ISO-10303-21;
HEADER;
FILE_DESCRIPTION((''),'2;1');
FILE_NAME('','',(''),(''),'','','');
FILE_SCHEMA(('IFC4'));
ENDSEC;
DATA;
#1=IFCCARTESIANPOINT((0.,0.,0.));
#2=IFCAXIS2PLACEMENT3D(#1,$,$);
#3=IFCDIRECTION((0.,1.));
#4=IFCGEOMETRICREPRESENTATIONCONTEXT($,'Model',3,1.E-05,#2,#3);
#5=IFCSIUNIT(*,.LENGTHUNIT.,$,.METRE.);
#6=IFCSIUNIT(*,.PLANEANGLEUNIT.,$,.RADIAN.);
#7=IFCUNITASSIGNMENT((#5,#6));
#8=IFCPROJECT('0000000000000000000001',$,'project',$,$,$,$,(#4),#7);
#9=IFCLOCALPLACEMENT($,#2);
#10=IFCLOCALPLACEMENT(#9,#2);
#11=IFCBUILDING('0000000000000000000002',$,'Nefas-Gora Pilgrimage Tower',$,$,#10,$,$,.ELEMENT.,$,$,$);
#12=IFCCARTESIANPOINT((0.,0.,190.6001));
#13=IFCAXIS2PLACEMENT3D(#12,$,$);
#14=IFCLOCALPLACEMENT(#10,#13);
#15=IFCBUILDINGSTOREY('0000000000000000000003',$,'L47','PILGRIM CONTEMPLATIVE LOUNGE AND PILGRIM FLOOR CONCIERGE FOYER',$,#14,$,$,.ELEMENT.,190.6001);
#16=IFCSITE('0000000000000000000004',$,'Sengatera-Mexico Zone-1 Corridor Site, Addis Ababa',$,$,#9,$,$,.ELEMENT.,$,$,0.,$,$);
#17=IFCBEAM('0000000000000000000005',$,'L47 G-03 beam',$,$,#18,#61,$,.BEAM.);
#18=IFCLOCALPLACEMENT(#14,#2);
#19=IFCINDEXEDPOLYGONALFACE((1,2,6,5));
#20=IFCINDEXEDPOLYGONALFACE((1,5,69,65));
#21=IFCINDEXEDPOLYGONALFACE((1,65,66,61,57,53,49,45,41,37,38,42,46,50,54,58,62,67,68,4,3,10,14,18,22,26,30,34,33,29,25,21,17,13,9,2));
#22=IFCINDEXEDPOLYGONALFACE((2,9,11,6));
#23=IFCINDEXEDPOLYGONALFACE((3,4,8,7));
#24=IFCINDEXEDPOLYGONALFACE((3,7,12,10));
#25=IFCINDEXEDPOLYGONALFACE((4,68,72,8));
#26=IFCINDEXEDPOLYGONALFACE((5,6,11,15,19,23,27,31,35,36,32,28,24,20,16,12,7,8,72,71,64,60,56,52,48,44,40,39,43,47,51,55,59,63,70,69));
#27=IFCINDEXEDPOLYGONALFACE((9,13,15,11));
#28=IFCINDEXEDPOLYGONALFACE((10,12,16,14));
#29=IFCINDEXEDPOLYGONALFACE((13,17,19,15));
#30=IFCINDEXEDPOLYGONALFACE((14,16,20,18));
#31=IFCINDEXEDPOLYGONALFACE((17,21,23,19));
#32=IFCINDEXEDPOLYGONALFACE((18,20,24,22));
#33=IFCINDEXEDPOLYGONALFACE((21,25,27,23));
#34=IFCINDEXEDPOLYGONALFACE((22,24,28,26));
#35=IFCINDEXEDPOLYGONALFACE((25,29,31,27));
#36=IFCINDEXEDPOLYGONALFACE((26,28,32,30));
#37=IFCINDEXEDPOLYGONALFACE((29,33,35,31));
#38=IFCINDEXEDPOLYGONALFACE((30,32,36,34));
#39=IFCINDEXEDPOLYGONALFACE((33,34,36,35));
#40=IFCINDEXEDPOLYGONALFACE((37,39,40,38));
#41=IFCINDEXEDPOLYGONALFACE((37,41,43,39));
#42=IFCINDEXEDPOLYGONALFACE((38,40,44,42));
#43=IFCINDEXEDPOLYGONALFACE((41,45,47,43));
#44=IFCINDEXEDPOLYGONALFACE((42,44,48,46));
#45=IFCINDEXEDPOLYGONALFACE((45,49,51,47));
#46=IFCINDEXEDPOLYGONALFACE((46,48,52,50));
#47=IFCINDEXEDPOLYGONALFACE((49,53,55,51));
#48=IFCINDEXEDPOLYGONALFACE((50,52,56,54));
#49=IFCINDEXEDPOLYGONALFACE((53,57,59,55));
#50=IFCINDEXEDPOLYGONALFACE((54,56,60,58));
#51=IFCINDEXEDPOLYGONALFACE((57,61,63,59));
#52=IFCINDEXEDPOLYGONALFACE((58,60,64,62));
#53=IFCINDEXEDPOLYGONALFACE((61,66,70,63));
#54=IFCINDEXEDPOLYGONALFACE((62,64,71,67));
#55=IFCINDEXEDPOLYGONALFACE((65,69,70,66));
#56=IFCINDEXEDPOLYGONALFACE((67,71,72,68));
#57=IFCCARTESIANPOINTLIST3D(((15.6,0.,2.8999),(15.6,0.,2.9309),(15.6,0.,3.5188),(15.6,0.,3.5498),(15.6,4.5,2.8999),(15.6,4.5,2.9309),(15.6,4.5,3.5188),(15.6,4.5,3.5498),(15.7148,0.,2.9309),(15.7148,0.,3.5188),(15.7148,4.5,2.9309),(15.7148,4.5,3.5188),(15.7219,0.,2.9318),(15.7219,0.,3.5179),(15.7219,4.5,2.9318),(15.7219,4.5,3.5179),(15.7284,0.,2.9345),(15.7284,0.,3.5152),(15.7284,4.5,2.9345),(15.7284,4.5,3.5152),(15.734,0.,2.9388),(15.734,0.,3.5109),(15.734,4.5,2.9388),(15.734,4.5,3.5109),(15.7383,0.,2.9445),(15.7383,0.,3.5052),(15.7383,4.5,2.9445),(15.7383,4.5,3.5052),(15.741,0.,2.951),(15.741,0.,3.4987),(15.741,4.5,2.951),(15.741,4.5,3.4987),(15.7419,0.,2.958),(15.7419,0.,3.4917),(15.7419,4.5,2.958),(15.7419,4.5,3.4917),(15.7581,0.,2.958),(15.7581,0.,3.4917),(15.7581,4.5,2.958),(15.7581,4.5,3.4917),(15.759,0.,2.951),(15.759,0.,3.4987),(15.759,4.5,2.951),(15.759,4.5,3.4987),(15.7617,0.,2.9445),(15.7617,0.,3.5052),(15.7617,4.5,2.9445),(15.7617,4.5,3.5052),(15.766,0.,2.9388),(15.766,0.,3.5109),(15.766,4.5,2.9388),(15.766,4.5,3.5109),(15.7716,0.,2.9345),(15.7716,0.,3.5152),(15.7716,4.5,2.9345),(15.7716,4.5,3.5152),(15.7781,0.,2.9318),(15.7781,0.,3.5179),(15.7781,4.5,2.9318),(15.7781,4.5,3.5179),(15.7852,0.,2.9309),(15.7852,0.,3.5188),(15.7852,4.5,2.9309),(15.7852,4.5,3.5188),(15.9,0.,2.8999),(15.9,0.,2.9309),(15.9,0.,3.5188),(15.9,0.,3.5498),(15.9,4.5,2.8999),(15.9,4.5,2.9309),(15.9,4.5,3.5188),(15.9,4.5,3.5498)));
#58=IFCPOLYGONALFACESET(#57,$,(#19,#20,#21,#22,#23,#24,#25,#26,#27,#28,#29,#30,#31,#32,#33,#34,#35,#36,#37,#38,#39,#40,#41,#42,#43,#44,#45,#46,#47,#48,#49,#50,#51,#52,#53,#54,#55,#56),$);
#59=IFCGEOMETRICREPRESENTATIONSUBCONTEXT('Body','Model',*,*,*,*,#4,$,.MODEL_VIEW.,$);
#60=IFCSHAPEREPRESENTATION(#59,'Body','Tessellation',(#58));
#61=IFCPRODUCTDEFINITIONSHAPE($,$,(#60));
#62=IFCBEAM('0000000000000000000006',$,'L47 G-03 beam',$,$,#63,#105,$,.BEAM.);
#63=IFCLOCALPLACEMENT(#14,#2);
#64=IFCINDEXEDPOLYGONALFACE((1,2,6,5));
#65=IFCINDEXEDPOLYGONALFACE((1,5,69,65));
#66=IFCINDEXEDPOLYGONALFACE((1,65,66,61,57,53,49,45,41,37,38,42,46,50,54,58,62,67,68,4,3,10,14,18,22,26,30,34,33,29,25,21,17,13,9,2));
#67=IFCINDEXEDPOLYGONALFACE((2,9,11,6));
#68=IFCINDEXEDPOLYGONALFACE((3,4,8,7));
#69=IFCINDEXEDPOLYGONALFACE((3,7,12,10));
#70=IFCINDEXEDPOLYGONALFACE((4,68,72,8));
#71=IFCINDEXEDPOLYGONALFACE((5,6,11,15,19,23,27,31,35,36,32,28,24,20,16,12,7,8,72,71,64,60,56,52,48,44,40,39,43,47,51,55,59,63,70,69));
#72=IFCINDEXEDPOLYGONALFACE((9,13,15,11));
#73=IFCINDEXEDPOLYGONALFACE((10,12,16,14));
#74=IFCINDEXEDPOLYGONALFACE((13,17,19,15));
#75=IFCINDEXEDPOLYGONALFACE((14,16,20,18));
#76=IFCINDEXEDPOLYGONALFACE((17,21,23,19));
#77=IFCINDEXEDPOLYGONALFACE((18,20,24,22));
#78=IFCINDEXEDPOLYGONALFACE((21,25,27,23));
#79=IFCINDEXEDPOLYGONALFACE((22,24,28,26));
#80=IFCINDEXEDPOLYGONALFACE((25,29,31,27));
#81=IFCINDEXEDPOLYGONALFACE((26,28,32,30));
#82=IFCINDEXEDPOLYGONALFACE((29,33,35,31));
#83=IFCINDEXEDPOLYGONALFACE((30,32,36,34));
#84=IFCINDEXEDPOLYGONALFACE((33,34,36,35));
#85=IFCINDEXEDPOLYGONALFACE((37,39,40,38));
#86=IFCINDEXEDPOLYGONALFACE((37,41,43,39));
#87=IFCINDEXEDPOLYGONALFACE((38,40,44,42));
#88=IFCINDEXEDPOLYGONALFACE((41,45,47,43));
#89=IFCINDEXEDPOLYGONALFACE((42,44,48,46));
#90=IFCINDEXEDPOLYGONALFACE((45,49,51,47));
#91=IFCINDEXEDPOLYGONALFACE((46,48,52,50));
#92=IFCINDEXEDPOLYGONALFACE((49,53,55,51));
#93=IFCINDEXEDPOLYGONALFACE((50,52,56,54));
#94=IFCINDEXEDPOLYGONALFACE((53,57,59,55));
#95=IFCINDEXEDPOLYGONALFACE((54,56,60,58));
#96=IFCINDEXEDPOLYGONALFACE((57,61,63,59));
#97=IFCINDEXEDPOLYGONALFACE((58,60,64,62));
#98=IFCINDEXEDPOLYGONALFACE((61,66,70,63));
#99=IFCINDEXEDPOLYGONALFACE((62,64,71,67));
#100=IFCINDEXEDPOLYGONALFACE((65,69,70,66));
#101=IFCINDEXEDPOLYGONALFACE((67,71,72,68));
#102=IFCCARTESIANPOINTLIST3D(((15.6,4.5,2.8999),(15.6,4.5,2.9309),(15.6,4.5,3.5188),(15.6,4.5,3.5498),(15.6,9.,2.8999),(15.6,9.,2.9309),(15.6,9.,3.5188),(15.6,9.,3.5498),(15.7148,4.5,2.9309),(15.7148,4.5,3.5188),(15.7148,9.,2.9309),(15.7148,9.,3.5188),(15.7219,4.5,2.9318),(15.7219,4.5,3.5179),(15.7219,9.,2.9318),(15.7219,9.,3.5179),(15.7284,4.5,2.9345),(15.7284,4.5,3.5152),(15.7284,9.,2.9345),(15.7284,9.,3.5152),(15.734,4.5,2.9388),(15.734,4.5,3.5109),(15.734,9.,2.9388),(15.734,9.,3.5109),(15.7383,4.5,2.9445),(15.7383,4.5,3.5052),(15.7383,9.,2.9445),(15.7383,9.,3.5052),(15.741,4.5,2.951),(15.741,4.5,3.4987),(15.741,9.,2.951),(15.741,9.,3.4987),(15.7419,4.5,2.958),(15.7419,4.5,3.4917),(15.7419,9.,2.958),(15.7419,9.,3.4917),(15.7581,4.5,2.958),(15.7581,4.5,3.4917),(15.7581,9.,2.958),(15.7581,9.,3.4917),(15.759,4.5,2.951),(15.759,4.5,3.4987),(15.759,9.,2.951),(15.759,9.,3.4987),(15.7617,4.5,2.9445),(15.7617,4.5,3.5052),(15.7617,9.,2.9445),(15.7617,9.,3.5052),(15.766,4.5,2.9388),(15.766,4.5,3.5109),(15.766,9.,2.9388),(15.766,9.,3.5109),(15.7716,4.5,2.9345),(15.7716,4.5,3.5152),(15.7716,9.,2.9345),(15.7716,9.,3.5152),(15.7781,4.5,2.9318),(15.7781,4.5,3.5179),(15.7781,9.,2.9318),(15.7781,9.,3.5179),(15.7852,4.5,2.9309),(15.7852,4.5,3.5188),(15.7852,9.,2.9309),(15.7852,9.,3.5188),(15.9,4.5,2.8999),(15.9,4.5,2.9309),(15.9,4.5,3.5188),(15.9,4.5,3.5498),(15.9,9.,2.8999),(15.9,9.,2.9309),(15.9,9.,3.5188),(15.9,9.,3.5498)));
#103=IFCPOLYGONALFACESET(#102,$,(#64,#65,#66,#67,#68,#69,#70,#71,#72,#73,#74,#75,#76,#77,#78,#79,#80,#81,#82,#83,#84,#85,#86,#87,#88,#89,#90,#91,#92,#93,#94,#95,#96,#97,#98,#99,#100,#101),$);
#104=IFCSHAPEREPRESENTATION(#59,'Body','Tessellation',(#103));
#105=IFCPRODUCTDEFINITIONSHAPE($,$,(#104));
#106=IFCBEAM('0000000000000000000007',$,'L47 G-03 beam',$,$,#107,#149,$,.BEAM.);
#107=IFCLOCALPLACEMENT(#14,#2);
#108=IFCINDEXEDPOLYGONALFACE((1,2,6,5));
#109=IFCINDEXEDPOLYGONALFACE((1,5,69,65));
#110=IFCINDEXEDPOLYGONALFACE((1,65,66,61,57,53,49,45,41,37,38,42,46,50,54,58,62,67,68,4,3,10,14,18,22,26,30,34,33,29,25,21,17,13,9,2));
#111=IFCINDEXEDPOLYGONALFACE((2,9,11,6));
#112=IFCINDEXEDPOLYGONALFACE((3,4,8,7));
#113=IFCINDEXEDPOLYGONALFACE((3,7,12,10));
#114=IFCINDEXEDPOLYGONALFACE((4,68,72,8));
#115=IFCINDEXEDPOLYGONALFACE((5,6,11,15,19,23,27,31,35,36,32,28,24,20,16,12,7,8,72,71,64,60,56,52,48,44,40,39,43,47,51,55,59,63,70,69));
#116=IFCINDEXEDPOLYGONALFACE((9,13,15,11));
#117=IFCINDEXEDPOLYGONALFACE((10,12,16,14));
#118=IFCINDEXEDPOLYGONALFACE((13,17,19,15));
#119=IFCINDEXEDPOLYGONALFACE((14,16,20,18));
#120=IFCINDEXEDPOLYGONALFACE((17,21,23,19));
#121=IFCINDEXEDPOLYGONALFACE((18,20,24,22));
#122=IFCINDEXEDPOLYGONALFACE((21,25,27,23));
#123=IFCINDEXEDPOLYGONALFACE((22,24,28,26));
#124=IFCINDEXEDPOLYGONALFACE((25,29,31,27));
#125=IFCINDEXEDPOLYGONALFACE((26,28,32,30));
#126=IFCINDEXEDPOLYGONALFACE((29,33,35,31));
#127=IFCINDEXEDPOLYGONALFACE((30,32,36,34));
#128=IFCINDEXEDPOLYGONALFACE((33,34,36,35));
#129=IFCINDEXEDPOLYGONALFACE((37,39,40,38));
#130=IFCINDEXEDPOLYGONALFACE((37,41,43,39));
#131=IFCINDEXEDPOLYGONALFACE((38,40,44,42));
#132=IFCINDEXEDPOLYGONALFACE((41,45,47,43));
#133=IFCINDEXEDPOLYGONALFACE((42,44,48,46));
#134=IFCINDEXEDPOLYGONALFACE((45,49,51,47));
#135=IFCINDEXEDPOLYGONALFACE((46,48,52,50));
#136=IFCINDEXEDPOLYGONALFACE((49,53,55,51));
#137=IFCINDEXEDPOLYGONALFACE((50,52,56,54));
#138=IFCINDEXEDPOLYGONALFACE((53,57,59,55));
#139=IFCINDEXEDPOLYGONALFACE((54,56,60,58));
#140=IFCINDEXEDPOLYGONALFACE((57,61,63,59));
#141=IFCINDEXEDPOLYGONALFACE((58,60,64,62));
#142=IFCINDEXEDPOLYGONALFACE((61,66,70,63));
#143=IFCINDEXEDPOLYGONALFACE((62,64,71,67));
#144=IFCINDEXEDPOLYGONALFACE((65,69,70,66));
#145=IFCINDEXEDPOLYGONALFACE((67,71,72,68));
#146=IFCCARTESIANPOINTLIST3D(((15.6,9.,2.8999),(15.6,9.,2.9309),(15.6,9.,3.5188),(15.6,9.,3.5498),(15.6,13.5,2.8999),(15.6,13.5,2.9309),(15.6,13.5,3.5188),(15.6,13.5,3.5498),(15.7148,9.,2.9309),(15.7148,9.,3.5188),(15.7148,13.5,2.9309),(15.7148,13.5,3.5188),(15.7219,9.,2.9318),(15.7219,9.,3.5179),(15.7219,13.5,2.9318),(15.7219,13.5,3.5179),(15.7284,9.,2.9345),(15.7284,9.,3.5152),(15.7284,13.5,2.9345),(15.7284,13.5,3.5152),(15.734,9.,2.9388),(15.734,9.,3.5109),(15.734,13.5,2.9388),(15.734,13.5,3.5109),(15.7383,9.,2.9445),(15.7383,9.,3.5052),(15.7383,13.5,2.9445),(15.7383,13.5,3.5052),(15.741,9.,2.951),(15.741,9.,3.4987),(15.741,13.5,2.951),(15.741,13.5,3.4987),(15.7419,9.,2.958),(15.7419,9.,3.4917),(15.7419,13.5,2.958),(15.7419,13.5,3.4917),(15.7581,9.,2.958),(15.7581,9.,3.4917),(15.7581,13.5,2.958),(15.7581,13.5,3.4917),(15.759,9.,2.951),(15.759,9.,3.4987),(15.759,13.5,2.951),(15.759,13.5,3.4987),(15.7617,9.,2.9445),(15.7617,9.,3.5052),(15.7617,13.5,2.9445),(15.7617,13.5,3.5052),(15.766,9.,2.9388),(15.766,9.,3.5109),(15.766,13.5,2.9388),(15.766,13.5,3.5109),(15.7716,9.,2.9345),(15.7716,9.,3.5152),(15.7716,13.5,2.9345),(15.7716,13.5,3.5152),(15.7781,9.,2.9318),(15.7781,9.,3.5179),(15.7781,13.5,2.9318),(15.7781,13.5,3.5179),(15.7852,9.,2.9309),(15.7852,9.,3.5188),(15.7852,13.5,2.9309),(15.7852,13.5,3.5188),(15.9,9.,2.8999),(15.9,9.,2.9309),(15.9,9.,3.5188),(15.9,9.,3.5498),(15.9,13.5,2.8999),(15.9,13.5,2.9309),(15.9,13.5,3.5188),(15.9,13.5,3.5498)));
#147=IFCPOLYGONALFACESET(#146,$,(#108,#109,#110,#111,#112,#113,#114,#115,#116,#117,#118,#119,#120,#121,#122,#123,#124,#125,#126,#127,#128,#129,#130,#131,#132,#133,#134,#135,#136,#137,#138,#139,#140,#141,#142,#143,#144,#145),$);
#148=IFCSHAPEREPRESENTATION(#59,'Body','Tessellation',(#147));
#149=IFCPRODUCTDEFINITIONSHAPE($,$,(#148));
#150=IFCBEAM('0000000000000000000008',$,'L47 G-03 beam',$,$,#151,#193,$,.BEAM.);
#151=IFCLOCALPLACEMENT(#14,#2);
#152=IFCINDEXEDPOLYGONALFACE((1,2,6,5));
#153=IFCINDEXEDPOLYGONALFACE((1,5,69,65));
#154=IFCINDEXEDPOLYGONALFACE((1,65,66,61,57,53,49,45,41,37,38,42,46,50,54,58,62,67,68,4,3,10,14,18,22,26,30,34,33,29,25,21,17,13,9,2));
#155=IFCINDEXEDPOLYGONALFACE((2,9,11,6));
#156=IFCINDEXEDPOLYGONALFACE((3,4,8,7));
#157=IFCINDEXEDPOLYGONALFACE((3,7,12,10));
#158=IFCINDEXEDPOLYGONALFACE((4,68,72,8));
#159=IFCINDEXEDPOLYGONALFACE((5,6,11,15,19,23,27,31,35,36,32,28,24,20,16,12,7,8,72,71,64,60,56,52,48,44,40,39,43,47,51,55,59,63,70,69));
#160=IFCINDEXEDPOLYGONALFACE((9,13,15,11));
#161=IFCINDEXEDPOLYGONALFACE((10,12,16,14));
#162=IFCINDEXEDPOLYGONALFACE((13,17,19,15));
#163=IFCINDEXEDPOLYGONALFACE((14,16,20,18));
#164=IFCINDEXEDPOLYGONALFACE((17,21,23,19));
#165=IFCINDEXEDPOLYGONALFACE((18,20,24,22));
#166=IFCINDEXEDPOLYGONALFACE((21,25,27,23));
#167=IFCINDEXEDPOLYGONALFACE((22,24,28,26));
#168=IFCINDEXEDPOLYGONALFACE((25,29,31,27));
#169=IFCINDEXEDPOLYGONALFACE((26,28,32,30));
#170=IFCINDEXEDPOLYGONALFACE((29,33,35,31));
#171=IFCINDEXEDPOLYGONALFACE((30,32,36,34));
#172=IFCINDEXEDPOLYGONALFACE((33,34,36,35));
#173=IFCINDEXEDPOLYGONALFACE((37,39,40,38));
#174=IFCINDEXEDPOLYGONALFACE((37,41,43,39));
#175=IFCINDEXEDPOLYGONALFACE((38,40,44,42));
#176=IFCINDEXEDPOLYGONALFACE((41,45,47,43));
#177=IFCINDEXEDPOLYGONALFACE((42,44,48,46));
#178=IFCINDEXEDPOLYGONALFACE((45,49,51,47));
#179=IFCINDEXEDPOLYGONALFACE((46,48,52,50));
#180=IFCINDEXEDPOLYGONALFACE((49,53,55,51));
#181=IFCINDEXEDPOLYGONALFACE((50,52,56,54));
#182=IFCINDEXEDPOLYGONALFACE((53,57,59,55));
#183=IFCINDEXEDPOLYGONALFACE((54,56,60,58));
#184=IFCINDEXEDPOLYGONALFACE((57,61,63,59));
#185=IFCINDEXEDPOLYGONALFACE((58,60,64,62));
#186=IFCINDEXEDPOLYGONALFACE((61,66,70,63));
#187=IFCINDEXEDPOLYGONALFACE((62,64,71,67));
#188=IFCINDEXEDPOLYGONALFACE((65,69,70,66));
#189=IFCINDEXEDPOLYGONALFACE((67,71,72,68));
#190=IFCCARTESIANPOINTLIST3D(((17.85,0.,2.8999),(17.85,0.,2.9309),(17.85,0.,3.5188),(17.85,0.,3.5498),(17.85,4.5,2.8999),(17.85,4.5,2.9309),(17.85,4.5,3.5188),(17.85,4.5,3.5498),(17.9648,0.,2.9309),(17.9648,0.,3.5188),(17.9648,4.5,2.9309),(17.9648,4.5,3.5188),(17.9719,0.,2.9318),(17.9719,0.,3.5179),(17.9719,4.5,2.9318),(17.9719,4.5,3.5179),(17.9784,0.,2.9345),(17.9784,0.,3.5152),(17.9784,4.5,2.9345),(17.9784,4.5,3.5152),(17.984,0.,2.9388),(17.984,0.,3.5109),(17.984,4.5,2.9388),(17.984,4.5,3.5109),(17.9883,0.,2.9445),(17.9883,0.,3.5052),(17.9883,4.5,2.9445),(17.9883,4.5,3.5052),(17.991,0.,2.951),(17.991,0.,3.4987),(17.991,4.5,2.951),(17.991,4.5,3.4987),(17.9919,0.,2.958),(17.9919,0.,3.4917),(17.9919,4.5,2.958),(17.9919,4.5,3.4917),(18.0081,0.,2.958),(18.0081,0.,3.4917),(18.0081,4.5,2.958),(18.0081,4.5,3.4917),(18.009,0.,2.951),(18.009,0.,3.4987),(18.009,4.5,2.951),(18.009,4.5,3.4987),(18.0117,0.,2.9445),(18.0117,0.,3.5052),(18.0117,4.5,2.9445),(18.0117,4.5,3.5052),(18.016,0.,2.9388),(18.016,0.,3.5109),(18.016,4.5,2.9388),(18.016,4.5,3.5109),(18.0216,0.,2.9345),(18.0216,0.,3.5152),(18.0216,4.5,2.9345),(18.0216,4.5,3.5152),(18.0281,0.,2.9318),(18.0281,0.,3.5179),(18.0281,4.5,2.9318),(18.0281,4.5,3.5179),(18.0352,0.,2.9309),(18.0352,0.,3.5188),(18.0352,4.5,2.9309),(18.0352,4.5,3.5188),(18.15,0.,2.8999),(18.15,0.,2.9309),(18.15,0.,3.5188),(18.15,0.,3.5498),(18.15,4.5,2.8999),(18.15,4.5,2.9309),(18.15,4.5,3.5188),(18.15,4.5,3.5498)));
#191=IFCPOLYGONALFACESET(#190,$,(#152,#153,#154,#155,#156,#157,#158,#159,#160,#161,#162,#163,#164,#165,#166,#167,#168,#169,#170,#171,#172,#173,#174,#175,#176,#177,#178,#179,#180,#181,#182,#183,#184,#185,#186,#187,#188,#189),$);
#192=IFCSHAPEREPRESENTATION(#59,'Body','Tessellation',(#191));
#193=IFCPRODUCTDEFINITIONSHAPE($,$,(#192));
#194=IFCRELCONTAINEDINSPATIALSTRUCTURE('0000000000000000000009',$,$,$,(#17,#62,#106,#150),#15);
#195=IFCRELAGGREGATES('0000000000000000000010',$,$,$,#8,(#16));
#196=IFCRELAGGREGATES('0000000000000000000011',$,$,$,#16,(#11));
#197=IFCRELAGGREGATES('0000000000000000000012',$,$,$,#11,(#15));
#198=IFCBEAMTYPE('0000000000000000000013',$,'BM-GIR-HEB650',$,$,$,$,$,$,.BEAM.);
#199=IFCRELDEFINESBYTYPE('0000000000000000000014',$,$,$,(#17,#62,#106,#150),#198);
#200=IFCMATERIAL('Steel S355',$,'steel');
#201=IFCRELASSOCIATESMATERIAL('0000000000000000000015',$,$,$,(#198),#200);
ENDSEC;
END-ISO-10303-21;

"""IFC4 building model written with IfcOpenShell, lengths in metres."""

from ifc_helpers import new_model, si_unit, direction, frame, origin, origin_2d, place, context, subcontext, project, spatial, i_section, extrude, source, transform, mapped, material, material_profile, profile_set, type_object, element, save


model = new_model("IFC4")

# Units and contexts
model_context = context("Model", 3, precision=1e-05, world=origin(), true_north=direction((0.0, 1.0)))
body_context = subcontext(model_context, "Body", "Model", "MODEL_VIEW")
ifc_project = project(units=[si_unit("LENGTHUNIT", "METRE"), si_unit("PLANEANGLEUNIT", "RADIAN")], contexts=[model_context])

# Site, building, storey
site_placement = place(None, origin())
site = spatial("IfcSite", under=ifc_project, at=site_placement, Name="Sengatera-Mexico Zone-1 Corridor Site, Addis Ababa", CompositionType="ELEMENT", RefElevation=0.0)
building_placement = place(site_placement, origin())
building = spatial("IfcBuilding", under=site, at=building_placement, Name="Nefas-Gora Pilgrimage Tower", CompositionType="ELEMENT")
storey_placement = place(building_placement, frame((0.0, 0.0, 190.6001)))
storey = spatial("IfcBuildingStorey", under=building, at=storey_placement, Name="L47", Description="PILGRIM CONTEMPLATIVE LOUNGE AND PILGRIM FLOOR CONCIERGE FOYER", CompositionType="ELEMENT", Elevation=190.6001)

# Beams
ifc_material_1 = material(Name="Steel S355", Category="steel")
ifc_material_profile_1 = material_profile(ifc_material_1, i_section(OverallWidth=0.3, OverallDepth=0.6499, WebThickness=0.0161, FlangeThickness=0.031, FilletRadius=0.0271, at=origin_2d()), Name="HEB 650")
ifc_profile_set_1 = profile_set([ifc_material_profile_1], Name="Steel S355")
beam_type_1 = type_object("IfcBeamType", Name="BM-GIR-HEB650", PredefinedType="BEAM", material=ifc_profile_set_1)
shared_shape_1 = source(origin(), body_context, "Body", "SweptSolid", [
    extrude(i_section(OverallWidth=0.3, OverallDepth=0.6499, WebThickness=0.0161, FlangeThickness=0.031, FilletRadius=0.0271, at=origin_2d()), origin(), (0.0, 0.0, 1.0), 4.5),
])
for number, where, z_axis, x_axis, name in (
    (1, (15.75, 0.0, 3.2249), (0.0, 1.0, 0.0), (-1.0, 0.0, 0.0), "L47 G-03 beam"),
    (2, (15.75, 4.5, 3.2249), (0.0, 1.0, 0.0), (-1.0, 0.0, 0.0), "L47 G-03 beam"),
    (3, (15.75, 9.0, 3.2249), (0.0, 1.0, 0.0), (-1.0, 0.0, 0.0), "L47 G-03 beam"),
    (4, (18.0, 0.0, 3.2249), (0.0, 1.0, 0.0), (-1.0, 0.0, 0.0), "L47 G-03 beam"),
):
    element("IfcBeam", number, at=place(storey_placement, frame(where, z_axis=z_axis, x_axis=x_axis)), inside=storey, type_object=beam_type_1, Name=name, PredefinedType="BEAM", context=body_context, shape_type="MappedRepresentation", body=[
        mapped(shared_shape_1, transform((0.0, 0.0, 0.0), x_axis=(1.0, 0.0, 0.0), y_axis=(0.0, 1.0, 0.0), z_axis=(0.0, 0.0, 1.0), scale=1.0)),
    ])

save(model, "model.ifc")
